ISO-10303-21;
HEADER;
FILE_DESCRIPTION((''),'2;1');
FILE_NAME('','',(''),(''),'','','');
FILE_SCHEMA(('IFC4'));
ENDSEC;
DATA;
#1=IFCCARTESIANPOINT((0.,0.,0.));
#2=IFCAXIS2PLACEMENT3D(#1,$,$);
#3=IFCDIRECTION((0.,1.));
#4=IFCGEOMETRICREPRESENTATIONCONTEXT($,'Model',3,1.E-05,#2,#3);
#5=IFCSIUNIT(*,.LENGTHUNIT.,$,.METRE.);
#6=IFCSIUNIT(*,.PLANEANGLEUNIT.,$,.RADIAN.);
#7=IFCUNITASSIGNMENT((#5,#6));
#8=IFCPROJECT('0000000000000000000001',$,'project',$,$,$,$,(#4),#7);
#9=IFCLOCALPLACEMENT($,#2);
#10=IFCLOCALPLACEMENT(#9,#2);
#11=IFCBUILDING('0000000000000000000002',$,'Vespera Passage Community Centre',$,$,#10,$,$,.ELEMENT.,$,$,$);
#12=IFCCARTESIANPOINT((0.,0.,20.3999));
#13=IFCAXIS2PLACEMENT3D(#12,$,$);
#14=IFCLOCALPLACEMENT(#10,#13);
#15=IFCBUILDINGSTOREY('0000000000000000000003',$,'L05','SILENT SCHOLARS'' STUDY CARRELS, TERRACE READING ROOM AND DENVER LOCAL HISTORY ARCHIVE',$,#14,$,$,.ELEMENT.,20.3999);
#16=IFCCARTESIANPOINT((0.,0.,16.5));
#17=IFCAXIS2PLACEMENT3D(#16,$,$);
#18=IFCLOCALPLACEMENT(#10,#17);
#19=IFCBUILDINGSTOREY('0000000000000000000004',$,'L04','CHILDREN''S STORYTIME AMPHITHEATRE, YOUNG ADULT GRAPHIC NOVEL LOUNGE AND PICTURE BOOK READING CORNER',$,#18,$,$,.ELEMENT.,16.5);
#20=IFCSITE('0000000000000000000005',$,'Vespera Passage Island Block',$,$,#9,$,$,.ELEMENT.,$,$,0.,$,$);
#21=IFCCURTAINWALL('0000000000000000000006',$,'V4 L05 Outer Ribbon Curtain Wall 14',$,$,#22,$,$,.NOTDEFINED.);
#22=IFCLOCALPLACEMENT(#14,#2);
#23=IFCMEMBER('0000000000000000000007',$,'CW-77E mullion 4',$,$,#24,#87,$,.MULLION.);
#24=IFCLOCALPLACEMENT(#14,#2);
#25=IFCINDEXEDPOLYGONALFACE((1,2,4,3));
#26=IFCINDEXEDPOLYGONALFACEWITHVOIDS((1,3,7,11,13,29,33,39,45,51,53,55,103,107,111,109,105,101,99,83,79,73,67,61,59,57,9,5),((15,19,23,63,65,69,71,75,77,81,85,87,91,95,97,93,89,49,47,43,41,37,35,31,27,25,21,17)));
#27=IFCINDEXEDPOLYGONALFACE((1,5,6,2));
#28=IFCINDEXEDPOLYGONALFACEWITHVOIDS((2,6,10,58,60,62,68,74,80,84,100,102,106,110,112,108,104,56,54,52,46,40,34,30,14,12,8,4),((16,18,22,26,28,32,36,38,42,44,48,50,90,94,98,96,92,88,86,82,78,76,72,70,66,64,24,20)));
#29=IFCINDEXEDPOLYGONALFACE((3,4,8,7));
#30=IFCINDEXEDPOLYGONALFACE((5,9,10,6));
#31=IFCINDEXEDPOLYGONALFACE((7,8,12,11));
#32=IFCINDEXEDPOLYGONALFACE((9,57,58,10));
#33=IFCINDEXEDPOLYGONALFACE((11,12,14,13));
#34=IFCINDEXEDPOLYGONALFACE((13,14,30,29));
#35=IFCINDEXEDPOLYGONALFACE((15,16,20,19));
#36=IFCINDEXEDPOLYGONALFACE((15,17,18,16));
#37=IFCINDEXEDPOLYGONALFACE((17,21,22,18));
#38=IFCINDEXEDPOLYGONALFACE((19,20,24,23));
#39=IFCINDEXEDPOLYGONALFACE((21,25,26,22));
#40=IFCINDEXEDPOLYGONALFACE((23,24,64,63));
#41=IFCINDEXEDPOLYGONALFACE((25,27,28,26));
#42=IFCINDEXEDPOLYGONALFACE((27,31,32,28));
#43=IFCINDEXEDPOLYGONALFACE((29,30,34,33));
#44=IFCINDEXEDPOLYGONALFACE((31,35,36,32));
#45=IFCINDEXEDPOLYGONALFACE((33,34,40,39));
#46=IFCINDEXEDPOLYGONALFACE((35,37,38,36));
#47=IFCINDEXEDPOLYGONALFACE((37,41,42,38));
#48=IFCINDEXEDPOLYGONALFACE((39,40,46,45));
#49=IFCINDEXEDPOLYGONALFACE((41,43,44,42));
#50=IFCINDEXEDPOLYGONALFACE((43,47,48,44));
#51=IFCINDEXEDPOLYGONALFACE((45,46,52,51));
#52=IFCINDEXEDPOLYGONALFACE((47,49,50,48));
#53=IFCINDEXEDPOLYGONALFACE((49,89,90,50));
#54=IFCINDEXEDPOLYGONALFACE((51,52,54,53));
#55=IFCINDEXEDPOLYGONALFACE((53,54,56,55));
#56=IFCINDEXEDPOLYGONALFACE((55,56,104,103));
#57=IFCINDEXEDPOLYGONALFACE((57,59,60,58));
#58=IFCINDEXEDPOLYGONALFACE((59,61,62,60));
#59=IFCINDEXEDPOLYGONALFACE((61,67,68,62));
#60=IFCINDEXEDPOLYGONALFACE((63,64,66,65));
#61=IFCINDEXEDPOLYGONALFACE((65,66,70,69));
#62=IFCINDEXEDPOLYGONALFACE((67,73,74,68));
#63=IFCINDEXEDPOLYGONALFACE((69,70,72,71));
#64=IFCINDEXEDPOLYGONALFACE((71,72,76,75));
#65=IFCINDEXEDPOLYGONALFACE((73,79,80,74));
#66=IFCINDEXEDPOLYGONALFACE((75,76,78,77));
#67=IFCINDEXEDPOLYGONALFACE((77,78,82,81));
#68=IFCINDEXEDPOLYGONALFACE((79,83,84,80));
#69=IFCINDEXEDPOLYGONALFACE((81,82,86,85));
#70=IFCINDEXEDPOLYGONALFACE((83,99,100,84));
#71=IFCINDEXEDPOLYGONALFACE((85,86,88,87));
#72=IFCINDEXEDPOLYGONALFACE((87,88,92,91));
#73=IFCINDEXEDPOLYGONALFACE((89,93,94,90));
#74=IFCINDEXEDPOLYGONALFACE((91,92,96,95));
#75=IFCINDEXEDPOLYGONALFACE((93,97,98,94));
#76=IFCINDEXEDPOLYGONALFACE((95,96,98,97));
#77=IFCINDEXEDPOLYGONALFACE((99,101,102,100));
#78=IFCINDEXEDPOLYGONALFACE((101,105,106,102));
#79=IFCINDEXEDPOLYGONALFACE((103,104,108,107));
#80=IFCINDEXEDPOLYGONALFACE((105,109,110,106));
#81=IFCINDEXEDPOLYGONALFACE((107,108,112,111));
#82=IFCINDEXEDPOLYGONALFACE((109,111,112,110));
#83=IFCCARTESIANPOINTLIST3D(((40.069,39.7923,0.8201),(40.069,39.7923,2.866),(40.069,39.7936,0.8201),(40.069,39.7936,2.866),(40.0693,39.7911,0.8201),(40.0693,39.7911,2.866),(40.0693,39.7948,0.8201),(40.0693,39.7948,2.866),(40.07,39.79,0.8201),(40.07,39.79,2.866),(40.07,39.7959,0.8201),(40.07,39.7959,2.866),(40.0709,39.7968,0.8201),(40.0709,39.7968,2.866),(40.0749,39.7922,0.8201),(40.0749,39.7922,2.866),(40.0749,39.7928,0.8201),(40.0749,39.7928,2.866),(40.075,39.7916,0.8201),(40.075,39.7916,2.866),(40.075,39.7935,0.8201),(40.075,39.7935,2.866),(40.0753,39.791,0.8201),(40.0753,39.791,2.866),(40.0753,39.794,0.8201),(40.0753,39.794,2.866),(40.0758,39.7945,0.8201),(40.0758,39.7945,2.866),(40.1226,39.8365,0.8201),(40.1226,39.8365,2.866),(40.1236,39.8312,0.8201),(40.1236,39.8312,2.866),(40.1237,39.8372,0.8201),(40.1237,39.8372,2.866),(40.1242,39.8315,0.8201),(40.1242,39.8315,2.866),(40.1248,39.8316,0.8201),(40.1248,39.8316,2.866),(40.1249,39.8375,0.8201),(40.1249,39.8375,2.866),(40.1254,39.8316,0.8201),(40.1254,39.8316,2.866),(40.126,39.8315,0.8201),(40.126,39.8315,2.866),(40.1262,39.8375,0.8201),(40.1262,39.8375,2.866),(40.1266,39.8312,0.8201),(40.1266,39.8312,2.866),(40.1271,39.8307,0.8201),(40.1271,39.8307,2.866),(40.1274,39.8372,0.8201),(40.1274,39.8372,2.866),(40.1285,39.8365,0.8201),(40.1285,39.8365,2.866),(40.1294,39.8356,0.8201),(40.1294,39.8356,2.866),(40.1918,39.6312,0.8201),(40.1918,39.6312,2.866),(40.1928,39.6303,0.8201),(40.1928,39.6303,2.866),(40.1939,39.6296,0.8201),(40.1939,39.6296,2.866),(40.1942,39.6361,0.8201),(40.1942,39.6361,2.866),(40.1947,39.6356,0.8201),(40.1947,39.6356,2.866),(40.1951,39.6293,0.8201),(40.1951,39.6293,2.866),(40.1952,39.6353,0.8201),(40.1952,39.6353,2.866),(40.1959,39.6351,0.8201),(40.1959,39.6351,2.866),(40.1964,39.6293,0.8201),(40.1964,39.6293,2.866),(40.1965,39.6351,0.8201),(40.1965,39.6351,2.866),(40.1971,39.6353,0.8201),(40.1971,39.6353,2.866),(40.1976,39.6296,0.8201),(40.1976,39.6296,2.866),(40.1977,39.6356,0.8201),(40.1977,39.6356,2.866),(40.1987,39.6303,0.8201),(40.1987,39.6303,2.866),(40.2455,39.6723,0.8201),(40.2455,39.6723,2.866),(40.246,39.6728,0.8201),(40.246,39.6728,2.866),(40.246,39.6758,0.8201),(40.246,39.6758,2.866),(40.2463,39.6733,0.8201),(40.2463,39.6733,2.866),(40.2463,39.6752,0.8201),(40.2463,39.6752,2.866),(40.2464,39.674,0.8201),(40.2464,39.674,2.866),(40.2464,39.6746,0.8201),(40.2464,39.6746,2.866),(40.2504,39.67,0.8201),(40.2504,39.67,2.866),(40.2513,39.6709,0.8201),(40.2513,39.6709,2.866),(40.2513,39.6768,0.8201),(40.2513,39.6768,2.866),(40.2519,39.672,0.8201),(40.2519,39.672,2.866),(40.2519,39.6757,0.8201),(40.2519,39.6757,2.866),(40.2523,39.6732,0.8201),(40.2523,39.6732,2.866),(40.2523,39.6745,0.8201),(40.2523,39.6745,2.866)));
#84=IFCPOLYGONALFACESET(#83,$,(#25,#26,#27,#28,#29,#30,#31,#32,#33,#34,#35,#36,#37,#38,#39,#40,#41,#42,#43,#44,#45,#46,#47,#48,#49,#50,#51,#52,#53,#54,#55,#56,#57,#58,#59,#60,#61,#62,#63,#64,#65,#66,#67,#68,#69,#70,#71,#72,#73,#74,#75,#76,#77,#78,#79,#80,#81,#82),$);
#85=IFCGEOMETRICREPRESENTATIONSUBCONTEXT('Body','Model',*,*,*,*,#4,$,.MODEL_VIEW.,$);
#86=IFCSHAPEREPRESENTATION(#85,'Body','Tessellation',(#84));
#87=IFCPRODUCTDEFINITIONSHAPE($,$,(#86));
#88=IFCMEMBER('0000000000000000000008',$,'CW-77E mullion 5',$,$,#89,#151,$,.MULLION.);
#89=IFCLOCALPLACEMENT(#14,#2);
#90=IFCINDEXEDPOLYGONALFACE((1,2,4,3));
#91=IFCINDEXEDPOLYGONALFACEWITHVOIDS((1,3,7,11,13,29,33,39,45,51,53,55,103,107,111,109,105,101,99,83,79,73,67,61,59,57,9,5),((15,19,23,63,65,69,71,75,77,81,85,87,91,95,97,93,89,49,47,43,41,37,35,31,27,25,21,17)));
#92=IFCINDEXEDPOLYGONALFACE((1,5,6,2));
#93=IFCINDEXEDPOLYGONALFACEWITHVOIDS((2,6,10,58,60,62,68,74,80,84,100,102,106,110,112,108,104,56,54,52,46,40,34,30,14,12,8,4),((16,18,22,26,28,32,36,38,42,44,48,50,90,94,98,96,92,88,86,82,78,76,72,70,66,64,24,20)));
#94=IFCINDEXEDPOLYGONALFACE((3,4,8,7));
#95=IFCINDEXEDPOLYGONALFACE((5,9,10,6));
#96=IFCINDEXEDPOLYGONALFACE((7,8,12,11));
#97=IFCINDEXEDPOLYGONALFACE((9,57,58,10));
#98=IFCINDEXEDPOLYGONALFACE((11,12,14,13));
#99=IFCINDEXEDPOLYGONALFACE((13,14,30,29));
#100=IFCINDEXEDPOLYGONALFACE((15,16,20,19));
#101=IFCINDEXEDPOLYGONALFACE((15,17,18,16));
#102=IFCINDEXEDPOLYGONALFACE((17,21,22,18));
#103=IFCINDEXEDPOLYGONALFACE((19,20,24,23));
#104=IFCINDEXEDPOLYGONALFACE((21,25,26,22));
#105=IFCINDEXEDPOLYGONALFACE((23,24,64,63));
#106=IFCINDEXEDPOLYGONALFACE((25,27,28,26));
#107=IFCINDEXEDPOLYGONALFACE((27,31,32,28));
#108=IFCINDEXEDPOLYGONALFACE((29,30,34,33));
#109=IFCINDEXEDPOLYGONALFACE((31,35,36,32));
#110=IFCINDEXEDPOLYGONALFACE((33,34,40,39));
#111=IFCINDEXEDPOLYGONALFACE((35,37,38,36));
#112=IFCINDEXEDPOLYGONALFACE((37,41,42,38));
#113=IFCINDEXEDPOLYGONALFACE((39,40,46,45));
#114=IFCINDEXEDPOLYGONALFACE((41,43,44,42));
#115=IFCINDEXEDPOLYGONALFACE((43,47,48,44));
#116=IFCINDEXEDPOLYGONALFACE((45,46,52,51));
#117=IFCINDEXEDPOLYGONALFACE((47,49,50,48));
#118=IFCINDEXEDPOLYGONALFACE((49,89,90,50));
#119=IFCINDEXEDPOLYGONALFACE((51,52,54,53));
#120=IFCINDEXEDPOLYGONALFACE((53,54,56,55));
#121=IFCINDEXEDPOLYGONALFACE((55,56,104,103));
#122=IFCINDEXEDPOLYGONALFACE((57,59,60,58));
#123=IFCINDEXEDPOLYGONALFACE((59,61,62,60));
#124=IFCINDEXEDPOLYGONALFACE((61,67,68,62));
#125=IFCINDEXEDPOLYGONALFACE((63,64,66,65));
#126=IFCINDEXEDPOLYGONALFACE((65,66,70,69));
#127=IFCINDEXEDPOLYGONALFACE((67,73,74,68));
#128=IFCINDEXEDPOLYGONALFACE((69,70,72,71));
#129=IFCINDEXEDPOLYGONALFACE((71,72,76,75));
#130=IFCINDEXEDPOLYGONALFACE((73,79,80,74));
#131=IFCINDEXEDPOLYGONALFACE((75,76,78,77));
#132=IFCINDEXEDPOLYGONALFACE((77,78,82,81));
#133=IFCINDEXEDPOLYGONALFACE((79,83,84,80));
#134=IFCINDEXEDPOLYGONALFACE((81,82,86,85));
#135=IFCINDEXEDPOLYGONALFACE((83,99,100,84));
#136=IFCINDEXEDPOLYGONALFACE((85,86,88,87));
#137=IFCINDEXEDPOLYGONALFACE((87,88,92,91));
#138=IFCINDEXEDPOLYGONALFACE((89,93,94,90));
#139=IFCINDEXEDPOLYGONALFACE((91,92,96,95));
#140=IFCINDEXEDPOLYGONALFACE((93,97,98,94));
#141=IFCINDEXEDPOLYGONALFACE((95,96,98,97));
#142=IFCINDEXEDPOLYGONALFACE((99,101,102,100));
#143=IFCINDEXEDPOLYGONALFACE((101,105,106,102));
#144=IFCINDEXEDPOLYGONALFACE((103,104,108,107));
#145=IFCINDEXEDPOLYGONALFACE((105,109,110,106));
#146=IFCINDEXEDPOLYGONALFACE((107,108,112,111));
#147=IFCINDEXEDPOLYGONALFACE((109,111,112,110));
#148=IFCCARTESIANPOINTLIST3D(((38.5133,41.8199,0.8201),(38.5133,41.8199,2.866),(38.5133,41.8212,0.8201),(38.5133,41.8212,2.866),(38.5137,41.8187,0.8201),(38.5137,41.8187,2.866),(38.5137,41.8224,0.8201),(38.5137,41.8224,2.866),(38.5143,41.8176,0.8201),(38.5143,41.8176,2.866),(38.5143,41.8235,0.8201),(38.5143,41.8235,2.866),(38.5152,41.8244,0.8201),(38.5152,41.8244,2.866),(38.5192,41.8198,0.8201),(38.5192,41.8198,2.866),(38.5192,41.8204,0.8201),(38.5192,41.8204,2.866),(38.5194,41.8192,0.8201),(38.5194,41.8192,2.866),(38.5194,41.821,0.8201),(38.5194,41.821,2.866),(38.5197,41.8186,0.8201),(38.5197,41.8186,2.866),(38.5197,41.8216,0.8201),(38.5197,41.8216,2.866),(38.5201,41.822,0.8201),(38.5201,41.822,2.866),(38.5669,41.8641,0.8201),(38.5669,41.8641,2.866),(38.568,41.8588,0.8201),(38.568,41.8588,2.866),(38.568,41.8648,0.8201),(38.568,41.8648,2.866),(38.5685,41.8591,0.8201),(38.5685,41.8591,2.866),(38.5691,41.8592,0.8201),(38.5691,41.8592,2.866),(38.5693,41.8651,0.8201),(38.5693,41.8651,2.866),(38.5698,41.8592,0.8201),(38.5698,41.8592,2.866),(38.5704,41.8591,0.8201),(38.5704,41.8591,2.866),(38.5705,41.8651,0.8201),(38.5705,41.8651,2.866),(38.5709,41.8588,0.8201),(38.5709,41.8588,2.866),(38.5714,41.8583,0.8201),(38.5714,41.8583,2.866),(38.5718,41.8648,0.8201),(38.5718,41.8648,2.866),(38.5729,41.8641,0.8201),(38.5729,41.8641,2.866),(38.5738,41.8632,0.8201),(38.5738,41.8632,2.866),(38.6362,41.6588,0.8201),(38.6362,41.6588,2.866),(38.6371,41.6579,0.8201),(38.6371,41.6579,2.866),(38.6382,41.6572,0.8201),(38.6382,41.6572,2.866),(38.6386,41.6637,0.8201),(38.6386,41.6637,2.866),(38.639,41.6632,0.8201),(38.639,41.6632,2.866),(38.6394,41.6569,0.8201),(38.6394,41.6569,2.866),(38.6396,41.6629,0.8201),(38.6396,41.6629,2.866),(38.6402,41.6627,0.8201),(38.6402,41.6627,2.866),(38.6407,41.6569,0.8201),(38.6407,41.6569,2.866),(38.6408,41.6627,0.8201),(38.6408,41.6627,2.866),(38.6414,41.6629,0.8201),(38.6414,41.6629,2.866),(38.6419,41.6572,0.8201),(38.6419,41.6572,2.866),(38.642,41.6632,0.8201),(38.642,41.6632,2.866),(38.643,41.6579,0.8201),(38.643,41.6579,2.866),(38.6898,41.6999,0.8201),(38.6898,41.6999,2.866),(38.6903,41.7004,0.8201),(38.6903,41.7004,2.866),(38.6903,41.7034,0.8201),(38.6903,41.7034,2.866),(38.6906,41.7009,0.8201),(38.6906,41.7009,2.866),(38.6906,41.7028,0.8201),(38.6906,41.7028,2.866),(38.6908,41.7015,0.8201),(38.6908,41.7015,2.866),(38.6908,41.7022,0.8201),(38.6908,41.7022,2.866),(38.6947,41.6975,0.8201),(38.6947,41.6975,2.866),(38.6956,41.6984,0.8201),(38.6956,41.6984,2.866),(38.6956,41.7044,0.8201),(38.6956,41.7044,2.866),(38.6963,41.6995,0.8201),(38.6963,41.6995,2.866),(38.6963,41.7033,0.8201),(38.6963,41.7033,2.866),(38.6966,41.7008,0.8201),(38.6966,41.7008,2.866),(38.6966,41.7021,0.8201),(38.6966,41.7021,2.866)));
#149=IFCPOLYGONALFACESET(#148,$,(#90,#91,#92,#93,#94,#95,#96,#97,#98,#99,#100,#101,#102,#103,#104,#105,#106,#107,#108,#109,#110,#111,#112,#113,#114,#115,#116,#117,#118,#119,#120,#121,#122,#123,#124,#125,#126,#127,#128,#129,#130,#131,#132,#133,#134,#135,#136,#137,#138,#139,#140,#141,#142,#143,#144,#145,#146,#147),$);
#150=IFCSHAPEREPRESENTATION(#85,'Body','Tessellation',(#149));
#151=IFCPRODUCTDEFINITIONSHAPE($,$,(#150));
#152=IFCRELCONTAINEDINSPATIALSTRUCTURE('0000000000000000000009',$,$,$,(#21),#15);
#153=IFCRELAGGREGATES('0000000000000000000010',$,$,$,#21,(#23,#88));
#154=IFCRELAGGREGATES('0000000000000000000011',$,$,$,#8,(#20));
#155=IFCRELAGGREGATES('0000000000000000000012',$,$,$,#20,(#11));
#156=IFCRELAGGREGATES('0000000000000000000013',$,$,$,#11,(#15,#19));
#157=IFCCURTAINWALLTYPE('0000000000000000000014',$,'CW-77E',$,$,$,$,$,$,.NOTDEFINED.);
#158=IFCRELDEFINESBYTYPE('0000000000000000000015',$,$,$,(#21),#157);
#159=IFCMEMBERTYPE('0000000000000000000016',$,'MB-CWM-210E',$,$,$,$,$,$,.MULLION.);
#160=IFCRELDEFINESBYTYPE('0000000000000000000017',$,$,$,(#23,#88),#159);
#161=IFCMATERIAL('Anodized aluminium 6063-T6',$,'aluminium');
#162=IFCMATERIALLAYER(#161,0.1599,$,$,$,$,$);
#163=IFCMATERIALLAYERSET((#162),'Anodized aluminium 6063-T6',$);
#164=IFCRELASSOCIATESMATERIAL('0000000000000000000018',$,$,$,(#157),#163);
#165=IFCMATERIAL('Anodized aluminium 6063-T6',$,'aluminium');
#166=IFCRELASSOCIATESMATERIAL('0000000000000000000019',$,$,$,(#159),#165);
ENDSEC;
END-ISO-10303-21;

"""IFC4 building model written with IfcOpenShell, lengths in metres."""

from ifc_helpers import new_model, si_unit, direction, frame, origin, origin_2d, place, context, subcontext, project, spatial, hollow_rectangle, extrude, material, layer, layer_set, material_profile, profile_set, type_object, element, aggregate, save


model = new_model("IFC4")

# Units and contexts
model_context = context("Model", 3, precision=1e-05, world=origin(), true_north=direction((0.0, 1.0)))
body_context = subcontext(model_context, "Body", "Model", "MODEL_VIEW")
ifc_project = project(units=[si_unit("LENGTHUNIT", "METRE"), si_unit("PLANEANGLEUNIT", "RADIAN")], contexts=[model_context])

# Site, building, storey
site_placement = place(None, origin())
site = spatial("IfcSite", under=ifc_project, at=site_placement, Name="Vespera Passage Island Block", CompositionType="ELEMENT", RefElevation=0.0)
building_placement = place(site_placement, origin())
building = spatial("IfcBuilding", under=site, at=building_placement, Name="Vespera Passage Community Centre", CompositionType="ELEMENT")
storey_1_placement = place(building_placement, frame((0.0, 0.0, 20.3999)))
storey_1 = spatial("IfcBuildingStorey", under=building, at=storey_1_placement, Name="L05", Description="SILENT SCHOLARS' STUDY CARRELS, TERRACE READING ROOM AND DENVER LOCAL HISTORY ARCHIVE", CompositionType="ELEMENT", Elevation=20.3999)

# Curtain wall, members
ifc_material_1 = material(Name="Anodized aluminium 6063-T6", Category="aluminium")
ifc_layer_1 = layer(ifc_material_1, 0.1599)
ifc_layer_set_1 = layer_set([ifc_layer_1], Name="Anodized aluminium 6063-T6")
curtain_wall_type = type_object("IfcCurtainWallType", Name="CW-77E", PredefinedType="NOTDEFINED", material=ifc_layer_set_1)
curtain_wall_placement = place(storey_1_placement, origin())
curtain_wall = element("IfcCurtainWall", 1, at=curtain_wall_placement, inside=storey_1, type_object=curtain_wall_type, Name="V4 L05 Outer Ribbon Curtain Wall 14", PredefinedType="NOTDEFINED")
ifc_material_2 = material(Name="Anodized aluminium 6063-T6", Category="aluminium")
ifc_material_profile_1 = material_profile(ifc_material_2, hollow_rectangle(XDim=0.075, YDim=0.21, WallThickness=0.0049, InnerFilletRadius=0.0024, OuterFilletRadius=0.0049, at=origin_2d()), Name="ALU210X75X5")
ifc_profile_set_1 = profile_set([ifc_material_profile_1], Name="Anodized aluminium 6063-T6")
member_type_1 = type_object("IfcMemberType", Name="MB-CWM-210E", PredefinedType="MULLION", material=ifc_profile_set_1)
member_1_placement = place(storey_1_placement, frame((40.1606, 39.7334, 0.8201), z_axis=(0.0, 0.0, 1.0), x_axis=(-0.79335, -0.608765, 0.0)))
member_1 = element("IfcMember", 2, at=member_1_placement, type_object=member_type_1, Name="CW-77E mullion 4", PredefinedType="MULLION", context=body_context, shape_type="SweptSolid", body=[
    extrude(hollow_rectangle(XDim=0.075, YDim=0.21, WallThickness=0.0049, InnerFilletRadius=0.0024, OuterFilletRadius=0.0049, at=origin_2d()), origin(), (0.0, 0.0, 1.0), 2.0459),
])
member_2_placement = place(storey_1_placement, frame((38.605, 41.761, 0.8201), z_axis=(0.0, 0.0, 1.0), x_axis=(-0.79335, -0.608765, 0.0)))
member_2 = element("IfcMember", 3, at=member_2_placement, type_object=member_type_1, Name="CW-77E mullion 5", PredefinedType="MULLION", context=body_context, shape_type="SweptSolid", body=[
    extrude(hollow_rectangle(XDim=0.075, YDim=0.21, WallThickness=0.0049, InnerFilletRadius=0.0024, OuterFilletRadius=0.0049, at=origin_2d()), origin(), (0.0, 0.0, 1.0), 2.0459),
])
aggregate(curtain_wall, [member_1, member_2])

# Shared definitions
storey_2_placement = place(building_placement, frame((0.0, 0.0, 16.5)))
storey_2 = spatial("IfcBuildingStorey", under=building, at=storey_2_placement, Name="L04", Description="CHILDREN'S STORYTIME AMPHITHEATRE, YOUNG ADULT GRAPHIC NOVEL LOUNGE AND PICTURE BOOK READING CORNER", CompositionType="ELEMENT", Elevation=16.5)

save(model, "model.ifc")
